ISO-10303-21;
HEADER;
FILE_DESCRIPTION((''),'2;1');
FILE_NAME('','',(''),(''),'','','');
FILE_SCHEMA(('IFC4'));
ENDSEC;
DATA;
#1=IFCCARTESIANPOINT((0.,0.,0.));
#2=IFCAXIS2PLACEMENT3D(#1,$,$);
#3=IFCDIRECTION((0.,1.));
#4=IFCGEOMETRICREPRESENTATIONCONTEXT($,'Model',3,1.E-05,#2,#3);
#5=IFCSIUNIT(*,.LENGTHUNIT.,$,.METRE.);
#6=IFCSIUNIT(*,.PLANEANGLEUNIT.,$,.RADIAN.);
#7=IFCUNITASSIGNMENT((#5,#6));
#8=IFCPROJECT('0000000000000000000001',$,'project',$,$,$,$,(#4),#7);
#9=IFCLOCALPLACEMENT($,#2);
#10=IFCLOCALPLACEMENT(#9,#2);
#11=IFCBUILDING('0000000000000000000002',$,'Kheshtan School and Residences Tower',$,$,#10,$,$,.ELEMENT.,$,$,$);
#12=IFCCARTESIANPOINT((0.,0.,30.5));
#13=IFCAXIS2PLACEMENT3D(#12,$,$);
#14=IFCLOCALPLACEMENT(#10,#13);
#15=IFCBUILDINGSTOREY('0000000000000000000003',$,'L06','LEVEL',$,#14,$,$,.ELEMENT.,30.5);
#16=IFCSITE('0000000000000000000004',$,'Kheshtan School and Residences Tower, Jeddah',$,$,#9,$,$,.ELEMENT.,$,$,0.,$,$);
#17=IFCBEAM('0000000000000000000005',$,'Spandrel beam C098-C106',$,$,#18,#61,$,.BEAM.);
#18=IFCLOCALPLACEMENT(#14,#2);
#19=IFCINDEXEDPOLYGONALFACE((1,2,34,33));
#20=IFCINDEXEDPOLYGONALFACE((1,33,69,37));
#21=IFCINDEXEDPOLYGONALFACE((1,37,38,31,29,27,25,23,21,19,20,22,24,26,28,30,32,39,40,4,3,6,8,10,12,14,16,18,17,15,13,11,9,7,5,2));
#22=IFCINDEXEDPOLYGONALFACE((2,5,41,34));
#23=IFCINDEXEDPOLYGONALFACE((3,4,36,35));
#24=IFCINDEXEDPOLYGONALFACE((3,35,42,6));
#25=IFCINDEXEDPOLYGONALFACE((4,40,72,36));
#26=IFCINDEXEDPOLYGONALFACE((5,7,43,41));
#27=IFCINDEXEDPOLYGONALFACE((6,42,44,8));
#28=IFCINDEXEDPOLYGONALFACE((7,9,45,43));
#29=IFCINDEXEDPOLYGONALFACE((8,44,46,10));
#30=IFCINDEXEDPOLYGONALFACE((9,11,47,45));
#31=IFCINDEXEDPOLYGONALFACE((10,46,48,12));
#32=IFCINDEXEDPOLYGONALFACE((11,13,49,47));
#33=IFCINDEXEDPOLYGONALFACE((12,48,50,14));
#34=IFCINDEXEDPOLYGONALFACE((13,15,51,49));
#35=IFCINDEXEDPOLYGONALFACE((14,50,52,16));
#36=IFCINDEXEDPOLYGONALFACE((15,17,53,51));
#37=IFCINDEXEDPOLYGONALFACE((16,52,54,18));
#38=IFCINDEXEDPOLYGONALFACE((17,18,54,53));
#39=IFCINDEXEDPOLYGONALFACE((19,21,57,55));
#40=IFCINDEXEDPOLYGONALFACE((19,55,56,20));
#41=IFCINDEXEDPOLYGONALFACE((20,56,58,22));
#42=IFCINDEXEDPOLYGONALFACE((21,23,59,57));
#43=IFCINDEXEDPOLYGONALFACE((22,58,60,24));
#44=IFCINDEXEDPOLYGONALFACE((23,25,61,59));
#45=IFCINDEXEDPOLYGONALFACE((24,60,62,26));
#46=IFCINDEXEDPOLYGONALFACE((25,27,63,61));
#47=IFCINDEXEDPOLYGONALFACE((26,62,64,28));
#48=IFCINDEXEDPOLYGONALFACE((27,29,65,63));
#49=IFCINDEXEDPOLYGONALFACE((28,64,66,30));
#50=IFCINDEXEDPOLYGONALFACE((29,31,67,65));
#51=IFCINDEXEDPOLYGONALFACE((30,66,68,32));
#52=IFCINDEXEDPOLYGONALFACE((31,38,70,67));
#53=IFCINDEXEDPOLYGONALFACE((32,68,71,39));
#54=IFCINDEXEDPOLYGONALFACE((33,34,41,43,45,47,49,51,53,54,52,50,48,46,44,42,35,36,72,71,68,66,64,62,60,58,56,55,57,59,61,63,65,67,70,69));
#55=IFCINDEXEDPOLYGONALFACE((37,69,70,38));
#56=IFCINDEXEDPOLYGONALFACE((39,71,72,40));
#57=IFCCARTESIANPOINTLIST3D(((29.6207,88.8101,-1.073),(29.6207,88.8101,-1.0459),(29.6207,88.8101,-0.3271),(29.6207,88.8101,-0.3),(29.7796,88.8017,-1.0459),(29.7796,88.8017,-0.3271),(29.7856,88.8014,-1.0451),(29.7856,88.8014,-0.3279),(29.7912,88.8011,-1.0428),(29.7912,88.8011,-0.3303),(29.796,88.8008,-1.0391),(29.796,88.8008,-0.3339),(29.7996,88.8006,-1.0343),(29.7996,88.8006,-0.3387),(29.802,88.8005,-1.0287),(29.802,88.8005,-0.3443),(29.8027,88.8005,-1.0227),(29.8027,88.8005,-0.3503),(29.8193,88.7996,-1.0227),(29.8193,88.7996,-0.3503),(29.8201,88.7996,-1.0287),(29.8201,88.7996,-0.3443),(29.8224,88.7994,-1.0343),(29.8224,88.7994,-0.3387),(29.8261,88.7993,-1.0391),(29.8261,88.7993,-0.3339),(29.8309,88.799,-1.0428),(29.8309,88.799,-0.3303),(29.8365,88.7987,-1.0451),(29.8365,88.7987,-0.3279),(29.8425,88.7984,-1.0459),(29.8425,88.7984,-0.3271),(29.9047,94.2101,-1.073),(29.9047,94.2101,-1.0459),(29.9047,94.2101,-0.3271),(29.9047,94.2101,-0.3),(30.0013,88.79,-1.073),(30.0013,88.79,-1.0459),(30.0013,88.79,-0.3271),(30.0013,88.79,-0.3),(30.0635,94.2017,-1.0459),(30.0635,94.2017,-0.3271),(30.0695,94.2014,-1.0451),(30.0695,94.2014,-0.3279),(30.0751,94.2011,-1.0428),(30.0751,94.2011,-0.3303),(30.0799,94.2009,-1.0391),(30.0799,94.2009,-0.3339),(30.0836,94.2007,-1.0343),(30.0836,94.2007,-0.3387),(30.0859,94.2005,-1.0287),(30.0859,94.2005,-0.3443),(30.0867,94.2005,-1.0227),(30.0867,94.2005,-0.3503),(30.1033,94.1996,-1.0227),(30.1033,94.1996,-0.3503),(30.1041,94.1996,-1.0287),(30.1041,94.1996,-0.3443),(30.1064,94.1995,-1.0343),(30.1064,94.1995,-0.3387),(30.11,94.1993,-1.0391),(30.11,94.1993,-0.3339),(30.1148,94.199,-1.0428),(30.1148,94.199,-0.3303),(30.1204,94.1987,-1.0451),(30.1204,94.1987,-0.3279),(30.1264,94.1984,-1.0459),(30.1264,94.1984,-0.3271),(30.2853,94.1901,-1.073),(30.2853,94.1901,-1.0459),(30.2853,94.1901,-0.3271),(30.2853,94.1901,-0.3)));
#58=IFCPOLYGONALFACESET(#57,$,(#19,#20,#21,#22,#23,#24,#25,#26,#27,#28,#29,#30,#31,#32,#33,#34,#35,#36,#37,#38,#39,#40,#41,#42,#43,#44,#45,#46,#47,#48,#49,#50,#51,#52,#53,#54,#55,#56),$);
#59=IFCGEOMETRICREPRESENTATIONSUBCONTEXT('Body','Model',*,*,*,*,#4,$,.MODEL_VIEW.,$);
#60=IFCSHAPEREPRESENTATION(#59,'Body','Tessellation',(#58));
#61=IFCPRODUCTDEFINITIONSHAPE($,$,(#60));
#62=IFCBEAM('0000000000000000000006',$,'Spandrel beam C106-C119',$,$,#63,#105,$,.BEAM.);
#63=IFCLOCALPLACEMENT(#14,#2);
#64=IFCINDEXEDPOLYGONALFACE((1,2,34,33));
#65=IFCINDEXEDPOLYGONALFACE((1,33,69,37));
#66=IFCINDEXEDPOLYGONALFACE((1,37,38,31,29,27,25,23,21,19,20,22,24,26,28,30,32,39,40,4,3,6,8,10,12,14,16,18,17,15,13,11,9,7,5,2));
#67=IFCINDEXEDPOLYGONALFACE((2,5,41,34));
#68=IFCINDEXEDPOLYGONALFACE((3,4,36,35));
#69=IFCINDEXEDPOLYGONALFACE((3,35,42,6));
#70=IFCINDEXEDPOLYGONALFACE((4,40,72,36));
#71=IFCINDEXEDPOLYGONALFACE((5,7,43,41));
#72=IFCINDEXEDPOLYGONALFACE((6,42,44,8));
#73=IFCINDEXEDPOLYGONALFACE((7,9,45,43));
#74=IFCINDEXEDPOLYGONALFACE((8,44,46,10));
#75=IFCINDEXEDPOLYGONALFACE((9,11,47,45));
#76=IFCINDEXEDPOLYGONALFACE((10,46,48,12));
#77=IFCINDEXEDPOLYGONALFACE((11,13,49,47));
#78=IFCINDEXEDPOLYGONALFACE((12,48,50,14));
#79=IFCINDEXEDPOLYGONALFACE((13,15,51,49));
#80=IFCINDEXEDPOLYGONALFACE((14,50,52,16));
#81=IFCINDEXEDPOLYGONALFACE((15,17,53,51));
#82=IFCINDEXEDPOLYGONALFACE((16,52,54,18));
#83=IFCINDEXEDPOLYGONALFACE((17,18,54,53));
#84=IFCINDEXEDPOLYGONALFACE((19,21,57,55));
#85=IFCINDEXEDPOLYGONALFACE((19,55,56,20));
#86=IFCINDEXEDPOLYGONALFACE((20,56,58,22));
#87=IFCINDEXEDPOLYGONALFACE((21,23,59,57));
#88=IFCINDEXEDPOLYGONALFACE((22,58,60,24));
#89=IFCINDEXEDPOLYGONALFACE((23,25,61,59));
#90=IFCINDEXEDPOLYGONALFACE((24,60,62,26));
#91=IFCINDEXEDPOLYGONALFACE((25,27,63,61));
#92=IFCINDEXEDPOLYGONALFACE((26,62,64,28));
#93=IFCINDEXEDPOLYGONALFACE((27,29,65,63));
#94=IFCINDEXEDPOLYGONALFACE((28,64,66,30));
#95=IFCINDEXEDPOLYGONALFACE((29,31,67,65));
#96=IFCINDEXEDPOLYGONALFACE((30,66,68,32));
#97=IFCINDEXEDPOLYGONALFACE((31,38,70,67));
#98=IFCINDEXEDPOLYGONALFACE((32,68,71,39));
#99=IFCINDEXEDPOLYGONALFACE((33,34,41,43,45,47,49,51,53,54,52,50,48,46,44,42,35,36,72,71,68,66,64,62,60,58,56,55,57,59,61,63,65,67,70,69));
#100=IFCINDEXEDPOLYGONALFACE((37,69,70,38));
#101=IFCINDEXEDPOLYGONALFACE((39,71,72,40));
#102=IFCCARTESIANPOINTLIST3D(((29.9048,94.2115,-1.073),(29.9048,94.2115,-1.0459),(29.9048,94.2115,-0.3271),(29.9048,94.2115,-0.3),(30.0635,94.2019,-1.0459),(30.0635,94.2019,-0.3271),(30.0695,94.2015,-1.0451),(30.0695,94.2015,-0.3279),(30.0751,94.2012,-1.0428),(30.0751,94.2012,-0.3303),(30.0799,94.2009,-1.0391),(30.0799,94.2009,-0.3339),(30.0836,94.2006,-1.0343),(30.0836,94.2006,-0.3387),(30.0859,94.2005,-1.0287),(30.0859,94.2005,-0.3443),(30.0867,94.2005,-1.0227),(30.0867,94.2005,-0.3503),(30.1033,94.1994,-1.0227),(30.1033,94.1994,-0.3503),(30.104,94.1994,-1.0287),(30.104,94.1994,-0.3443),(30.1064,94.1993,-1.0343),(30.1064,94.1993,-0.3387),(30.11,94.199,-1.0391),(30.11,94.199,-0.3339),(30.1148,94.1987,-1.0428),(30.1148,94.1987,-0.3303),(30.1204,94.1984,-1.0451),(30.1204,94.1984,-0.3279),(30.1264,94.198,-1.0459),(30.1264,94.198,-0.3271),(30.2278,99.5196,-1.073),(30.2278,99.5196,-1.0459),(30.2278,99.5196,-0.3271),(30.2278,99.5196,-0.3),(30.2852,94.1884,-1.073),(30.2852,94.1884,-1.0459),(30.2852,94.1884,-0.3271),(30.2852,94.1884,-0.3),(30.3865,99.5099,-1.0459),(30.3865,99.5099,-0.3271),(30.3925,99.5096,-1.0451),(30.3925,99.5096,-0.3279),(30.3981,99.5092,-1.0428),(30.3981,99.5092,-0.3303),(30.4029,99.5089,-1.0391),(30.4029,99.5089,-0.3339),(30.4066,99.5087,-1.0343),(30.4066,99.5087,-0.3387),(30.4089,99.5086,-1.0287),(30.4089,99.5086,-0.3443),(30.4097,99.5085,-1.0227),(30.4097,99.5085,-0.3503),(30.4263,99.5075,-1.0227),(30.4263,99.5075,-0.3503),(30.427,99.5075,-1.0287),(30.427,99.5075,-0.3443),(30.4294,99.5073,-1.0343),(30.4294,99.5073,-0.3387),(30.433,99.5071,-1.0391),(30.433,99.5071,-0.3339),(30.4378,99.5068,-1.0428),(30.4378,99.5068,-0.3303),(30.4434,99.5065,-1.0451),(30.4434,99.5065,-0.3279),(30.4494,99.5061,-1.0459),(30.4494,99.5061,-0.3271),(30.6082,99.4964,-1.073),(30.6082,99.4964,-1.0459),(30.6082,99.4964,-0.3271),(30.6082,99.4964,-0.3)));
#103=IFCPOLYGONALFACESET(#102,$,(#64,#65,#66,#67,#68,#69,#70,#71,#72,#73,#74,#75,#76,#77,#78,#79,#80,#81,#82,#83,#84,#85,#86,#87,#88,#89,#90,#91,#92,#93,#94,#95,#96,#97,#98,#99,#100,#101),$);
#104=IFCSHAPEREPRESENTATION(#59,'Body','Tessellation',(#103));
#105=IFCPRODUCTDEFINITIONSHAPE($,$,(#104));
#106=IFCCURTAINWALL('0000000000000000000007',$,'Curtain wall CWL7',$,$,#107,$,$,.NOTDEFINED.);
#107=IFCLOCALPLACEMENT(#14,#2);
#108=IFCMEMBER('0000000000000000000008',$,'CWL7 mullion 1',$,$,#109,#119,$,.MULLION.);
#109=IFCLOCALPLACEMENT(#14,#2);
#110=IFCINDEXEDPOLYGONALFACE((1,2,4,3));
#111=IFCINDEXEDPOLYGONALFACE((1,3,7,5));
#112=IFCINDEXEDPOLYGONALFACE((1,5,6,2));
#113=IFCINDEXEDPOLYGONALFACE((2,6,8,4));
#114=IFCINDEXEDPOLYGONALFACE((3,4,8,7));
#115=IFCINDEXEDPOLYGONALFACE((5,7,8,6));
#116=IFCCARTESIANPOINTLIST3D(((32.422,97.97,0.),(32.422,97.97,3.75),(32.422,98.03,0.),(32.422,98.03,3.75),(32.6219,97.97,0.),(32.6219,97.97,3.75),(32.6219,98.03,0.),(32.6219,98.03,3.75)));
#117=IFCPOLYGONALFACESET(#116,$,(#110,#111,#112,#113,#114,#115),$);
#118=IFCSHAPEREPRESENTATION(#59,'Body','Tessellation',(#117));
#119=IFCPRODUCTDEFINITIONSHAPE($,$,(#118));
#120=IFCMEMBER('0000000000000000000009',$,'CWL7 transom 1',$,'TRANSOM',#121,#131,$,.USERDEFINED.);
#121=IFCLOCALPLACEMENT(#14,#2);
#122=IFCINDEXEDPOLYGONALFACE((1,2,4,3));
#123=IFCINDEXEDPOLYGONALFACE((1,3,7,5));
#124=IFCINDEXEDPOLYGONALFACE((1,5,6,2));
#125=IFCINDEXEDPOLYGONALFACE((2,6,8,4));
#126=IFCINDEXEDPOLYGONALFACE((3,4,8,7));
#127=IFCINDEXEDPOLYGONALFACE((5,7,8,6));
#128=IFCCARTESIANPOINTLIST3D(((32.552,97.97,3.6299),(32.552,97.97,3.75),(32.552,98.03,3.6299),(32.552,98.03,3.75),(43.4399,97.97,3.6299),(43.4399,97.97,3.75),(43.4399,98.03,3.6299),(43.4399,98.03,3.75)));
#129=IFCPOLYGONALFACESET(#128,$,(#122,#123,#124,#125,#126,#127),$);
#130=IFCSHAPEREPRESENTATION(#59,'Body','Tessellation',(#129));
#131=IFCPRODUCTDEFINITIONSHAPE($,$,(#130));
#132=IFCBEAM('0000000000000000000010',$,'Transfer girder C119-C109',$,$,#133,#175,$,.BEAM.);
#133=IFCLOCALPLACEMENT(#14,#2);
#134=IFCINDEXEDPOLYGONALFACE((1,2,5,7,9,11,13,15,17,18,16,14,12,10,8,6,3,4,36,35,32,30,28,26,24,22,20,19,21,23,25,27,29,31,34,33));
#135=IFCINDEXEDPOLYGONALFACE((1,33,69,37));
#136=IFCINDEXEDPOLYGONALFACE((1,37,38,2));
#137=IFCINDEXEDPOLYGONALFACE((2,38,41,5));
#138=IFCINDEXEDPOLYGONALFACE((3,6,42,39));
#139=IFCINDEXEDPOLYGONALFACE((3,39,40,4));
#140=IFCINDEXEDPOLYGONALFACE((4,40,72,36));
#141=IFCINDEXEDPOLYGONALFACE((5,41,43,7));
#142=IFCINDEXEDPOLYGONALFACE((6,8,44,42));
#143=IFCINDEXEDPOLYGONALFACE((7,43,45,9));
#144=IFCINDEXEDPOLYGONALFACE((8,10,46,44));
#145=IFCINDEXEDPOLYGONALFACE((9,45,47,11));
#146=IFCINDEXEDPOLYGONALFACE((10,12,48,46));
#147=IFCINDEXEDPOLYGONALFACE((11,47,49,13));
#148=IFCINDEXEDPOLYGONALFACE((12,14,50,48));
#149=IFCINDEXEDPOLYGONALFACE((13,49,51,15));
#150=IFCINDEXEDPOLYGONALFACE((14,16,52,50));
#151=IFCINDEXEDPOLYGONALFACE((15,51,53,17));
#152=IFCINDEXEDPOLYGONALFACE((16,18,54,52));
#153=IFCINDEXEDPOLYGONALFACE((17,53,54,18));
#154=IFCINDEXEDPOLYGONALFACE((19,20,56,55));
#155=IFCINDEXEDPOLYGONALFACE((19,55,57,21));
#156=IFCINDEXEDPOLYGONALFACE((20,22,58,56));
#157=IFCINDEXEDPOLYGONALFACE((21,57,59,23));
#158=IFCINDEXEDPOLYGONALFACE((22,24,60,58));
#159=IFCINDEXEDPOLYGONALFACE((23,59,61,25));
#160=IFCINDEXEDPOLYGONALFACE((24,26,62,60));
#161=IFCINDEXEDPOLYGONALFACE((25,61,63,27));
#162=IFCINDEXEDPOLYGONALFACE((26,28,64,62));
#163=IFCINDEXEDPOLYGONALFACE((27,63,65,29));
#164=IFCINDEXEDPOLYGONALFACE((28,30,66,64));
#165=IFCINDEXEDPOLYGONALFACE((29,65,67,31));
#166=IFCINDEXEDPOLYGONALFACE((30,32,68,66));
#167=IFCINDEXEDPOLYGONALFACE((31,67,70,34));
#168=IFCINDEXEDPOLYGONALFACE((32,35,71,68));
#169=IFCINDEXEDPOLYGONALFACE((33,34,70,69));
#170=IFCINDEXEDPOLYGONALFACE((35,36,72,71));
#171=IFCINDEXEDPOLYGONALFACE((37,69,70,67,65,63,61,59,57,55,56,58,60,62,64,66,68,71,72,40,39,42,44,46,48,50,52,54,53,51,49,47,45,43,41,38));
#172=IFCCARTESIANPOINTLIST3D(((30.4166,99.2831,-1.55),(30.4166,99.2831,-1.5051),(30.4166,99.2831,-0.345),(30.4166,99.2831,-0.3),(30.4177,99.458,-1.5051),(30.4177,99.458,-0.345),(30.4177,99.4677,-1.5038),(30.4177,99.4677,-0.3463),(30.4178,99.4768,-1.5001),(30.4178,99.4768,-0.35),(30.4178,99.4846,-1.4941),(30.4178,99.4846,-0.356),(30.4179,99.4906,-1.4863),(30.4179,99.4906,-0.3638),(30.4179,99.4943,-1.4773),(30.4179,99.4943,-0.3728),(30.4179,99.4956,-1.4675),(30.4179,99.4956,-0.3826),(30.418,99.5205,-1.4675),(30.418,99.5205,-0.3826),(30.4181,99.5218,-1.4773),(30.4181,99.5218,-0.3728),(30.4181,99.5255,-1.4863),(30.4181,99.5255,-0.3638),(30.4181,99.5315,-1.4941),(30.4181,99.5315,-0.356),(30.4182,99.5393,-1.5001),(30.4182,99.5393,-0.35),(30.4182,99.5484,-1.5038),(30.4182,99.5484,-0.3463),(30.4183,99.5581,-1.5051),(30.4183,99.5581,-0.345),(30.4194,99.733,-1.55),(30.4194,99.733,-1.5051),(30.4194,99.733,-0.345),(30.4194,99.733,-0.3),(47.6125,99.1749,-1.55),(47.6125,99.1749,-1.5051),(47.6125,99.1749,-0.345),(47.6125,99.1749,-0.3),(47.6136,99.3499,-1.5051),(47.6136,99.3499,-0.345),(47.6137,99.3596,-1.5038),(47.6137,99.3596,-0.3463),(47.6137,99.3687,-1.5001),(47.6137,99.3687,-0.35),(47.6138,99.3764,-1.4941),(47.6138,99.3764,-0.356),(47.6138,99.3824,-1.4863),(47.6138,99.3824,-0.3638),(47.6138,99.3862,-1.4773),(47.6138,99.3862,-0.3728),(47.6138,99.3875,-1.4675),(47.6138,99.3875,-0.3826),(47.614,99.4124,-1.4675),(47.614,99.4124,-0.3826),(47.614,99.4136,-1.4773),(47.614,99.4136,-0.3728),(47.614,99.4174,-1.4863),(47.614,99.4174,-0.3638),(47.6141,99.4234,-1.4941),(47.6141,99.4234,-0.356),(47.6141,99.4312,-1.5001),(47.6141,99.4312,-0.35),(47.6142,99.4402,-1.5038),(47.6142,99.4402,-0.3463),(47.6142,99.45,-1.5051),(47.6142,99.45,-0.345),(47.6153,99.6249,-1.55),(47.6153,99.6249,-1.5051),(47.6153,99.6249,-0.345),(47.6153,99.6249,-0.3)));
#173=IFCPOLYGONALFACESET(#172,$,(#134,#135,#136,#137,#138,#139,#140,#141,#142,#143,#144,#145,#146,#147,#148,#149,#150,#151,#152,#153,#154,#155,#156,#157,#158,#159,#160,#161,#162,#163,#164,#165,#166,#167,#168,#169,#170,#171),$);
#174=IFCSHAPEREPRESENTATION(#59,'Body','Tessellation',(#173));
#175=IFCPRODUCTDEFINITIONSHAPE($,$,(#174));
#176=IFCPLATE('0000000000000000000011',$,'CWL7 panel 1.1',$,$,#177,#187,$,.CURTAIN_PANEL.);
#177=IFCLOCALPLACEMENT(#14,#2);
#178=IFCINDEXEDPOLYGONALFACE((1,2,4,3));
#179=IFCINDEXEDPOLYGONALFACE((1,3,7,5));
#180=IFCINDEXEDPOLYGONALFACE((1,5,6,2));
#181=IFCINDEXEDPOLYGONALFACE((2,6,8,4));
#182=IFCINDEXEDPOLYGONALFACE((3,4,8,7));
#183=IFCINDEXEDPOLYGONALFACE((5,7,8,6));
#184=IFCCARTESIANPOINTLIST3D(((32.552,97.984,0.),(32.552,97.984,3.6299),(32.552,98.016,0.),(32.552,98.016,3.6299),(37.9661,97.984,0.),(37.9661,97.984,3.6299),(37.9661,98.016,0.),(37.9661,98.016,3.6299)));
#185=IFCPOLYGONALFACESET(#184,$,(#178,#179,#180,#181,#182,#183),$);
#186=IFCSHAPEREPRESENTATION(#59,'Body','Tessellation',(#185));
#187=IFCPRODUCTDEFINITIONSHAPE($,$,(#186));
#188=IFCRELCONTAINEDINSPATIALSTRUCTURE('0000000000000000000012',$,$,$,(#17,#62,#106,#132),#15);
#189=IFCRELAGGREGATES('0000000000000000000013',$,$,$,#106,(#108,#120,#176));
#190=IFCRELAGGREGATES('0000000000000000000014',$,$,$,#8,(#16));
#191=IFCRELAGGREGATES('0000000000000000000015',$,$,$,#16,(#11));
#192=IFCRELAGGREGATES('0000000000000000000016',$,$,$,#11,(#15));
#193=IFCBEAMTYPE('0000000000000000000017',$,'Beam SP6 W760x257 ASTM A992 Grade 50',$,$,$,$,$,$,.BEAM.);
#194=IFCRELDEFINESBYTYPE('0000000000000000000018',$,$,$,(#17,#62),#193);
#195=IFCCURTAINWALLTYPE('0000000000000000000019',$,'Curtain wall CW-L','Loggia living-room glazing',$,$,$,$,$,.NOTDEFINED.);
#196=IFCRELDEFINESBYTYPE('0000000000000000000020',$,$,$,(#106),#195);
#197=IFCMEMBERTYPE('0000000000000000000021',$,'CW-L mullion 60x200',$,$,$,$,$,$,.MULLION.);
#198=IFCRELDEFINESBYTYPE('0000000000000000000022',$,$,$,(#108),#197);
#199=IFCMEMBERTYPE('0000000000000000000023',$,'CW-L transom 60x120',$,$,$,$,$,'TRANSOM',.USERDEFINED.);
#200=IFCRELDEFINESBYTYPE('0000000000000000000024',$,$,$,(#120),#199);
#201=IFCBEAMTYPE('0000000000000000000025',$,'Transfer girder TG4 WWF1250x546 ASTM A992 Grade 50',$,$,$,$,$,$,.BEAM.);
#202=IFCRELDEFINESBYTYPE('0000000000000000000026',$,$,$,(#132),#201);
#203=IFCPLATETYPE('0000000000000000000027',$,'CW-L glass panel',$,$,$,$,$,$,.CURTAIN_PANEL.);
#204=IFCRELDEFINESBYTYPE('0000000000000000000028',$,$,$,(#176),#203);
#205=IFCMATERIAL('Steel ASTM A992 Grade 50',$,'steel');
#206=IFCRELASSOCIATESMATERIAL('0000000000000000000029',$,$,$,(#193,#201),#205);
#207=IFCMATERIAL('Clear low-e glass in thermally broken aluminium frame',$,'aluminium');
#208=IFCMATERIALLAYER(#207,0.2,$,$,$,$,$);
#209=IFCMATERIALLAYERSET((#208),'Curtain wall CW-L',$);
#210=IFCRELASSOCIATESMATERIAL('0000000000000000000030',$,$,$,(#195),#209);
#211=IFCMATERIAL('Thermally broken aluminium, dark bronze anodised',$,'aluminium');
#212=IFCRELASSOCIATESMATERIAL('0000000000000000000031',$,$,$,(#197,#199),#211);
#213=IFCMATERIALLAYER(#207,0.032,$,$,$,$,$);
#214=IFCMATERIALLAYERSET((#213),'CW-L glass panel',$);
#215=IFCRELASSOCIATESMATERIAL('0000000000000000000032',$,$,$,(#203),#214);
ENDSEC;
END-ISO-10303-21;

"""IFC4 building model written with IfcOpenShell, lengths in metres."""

from ifc_helpers import new_model, si_unit, direction, frame, origin, origin_2d, place, context, subcontext, project, spatial, rectangle, i_section, extrude, material, layer, layer_set, material_profile, profile_set, type_object, element, aggregate, save


model = new_model("IFC4")

# Units and contexts
model_context = context("Model", 3, precision=1e-05, world=origin(), true_north=direction((0.0, 1.0)))
body_context = subcontext(model_context, "Body", "Model", "MODEL_VIEW")
ifc_project = project(units=[si_unit("LENGTHUNIT", "METRE"), si_unit("PLANEANGLEUNIT", "RADIAN")], contexts=[model_context])

# Site, building, storey
site_placement = place(None, origin())
site = spatial("IfcSite", under=ifc_project, at=site_placement, Name="Kheshtan School and Residences Tower, Jeddah", CompositionType="ELEMENT", RefElevation=0.0)
building_placement = place(site_placement, origin())
building = spatial("IfcBuilding", under=site, at=building_placement, Name="Kheshtan School and Residences Tower", CompositionType="ELEMENT")
storey_placement = place(building_placement, frame((0.0, 0.0, 30.5)))
storey = spatial("IfcBuildingStorey", under=building, at=storey_placement, Name="L06", Description="LEVEL", CompositionType="ELEMENT", Elevation=30.5)

# Shared definitions
ifc_material_1 = material(Name="Steel ASTM A992 Grade 50", Category="steel")

# Beams
ifc_material_profile_1 = material_profile(ifc_material_1, i_section(OverallWidth=0.3811, OverallDepth=0.7729, WebThickness=0.0166, FlangeThickness=0.0271, FilletRadius=0.0232, at=origin_2d()), Name="W760x257")
ifc_profile_set_1 = profile_set([ifc_material_profile_1], Name="Steel ASTM A992 Grade 50")
beam_type_1 = type_object("IfcBeamType", Name="Beam SP6 W760x257 ASTM A992 Grade 50", PredefinedType="BEAM", material=ifc_profile_set_1)
beam_1_placement = place(storey_placement, frame((29.811, 88.8, -0.6865), z_axis=(0.052509, 0.99862, 0.0), x_axis=(-0.99862, 0.052509, 0.0)))
element("IfcBeam", 1, at=beam_1_placement, inside=storey, type_object=beam_type_1, Name="Spandrel beam C098-C106", PredefinedType="BEAM", context=body_context, shape_type="SweptSolid", body=[
    extrude(i_section(OverallWidth=0.3811, OverallDepth=0.7729, WebThickness=0.0166, FlangeThickness=0.0271, FilletRadius=0.0232, at=origin_2d()), origin(), (0.0, 0.0, 1.0), 5.4075),
])
beam_2_placement = place(storey_placement, frame((30.095, 94.2, -0.6865), z_axis=(0.060738, 0.998154, 0.0), x_axis=(-0.998154, 0.060738, 0.0)))
element("IfcBeam", 2, at=beam_2_placement, inside=storey, type_object=beam_type_1, Name="Spandrel beam C106-C119", PredefinedType="BEAM", context=body_context, shape_type="SweptSolid", body=[
    extrude(i_section(OverallWidth=0.3811, OverallDepth=0.7729, WebThickness=0.0166, FlangeThickness=0.0271, FilletRadius=0.0232, at=origin_2d()), origin(), (0.0, 0.0, 1.0), 5.3179),
])

# Curtain wall, members
ifc_material_2 = material(Name="Clear low-e glass in thermally broken aluminium frame", Category="aluminium")
ifc_layer_1 = layer(ifc_material_2, 0.2)
ifc_layer_set_1 = layer_set([ifc_layer_1], Name="Curtain wall CW-L")
curtain_wall_type = type_object("IfcCurtainWallType", Name="Curtain wall CW-L", Description="Loggia living-room glazing", PredefinedType="NOTDEFINED", material=ifc_layer_set_1)
curtain_wall_placement = place(storey_placement, origin())
curtain_wall = element("IfcCurtainWall", 3, at=curtain_wall_placement, inside=storey, type_object=curtain_wall_type, Name="Curtain wall CWL7", PredefinedType="NOTDEFINED")
ifc_material_3 = material(Name="Thermally broken aluminium, dark bronze anodised", Category="aluminium")
ifc_material_profile_2 = material_profile(ifc_material_3, rectangle(XDim=0.0601, YDim=0.2, at=origin_2d()), Name="CW-L mullion 60x200")
ifc_profile_set_2 = profile_set([ifc_material_profile_2], Name="Thermally broken aluminium, dark bronze anodised")
member_type_1 = type_object("IfcMemberType", Name="CW-L mullion 60x200", PredefinedType="MULLION", material=ifc_profile_set_2)
member_1_placement = place(storey_placement, frame((32.522, 98.0, 0.0), z_axis=(0.0, 0.0, 1.0), x_axis=(0.0, 1.0, 0.0)))
member_1 = element("IfcMember", 4, at=member_1_placement, type_object=member_type_1, Name="CWL7 mullion 1", PredefinedType="MULLION", context=body_context, shape_type="SweptSolid", body=[
    extrude(rectangle(XDim=0.0601, YDim=0.2, at=origin_2d()), origin(), (0.0, 0.0, 1.0), 3.75),
])
ifc_material_profile_3 = material_profile(ifc_material_3, rectangle(XDim=0.0601, YDim=0.1201, at=origin_2d()), Name="CW-L transom 60x120")
ifc_profile_set_3 = profile_set([ifc_material_profile_3], Name="Thermally broken aluminium, dark bronze anodised")
member_type_2 = type_object("IfcMemberType", Name="CW-L transom 60x120", ElementType="TRANSOM", PredefinedType="USERDEFINED", material=ifc_profile_set_3)
member_2_placement = place(storey_placement, frame((32.552, 98.0, 3.6899), z_axis=(1.0, 0.0, 0.0), x_axis=(0.0, 1.0, 0.0)))
member_2 = element("IfcMember", 5, at=member_2_placement, type_object=member_type_2, Name="CWL7 transom 1", ObjectType="TRANSOM", PredefinedType="USERDEFINED", context=body_context, shape_type="SweptSolid", body=[
    extrude(rectangle(XDim=0.0601, YDim=0.1201, at=origin_2d()), origin(), (0.0, 0.0, 1.0), 10.8879),
])

# Beam
ifc_material_profile_4 = material_profile(ifc_material_1, i_section(OverallWidth=0.45, OverallDepth=1.25, WebThickness=0.0249, FlangeThickness=0.0449, FilletRadius=0.0376, at=origin_2d()), Name="WWF1250x546")
ifc_profile_set_4 = profile_set([ifc_material_profile_4], Name="Steel ASTM A992 Grade 50")
beam_type_2 = type_object("IfcBeamType", Name="Transfer girder TG4 WWF1250x546 ASTM A992 Grade 50", PredefinedType="BEAM", material=ifc_profile_set_4)
beam_3_placement = place(storey_placement, frame((30.418, 99.5081, -0.925), z_axis=(0.99998, -0.006289, 0.0), x_axis=(0.006289, 0.99998, 0.0)))
element("IfcBeam", 6, at=beam_3_placement, inside=storey, type_object=beam_type_2, Name="Transfer girder C119-C109", PredefinedType="BEAM", context=body_context, shape_type="SweptSolid", body=[
    extrude(i_section(OverallWidth=0.45, OverallDepth=1.25, WebThickness=0.0249, FlangeThickness=0.0449, FilletRadius=0.0376, at=origin_2d()), origin(), (0.0, 0.0, 1.0), 17.1963),
])

# Plate
ifc_layer_2 = layer(ifc_material_2, 0.032)
ifc_layer_set_2 = layer_set([ifc_layer_2], Name="CW-L glass panel")
plate_type = type_object("IfcPlateType", Name="CW-L glass panel", PredefinedType="CURTAIN_PANEL", material=ifc_layer_set_2)
plate_placement = place(storey_placement, frame((35.259, 98.0, 0.0), z_axis=(0.0, 0.0, 1.0), x_axis=(1.0, 0.0, 0.0)))
plate = element("IfcPlate", 7, at=plate_placement, type_object=plate_type, Name="CWL7 panel 1.1", PredefinedType="CURTAIN_PANEL", context=body_context, shape_type="SweptSolid", body=[
    extrude(rectangle(XDim=5.4141, YDim=0.032, at=origin_2d()), origin(), (0.0, 0.0, 1.0), 3.6299),
])
aggregate(curtain_wall, [member_1, member_2, plate])

save(model, "model.ifc")
